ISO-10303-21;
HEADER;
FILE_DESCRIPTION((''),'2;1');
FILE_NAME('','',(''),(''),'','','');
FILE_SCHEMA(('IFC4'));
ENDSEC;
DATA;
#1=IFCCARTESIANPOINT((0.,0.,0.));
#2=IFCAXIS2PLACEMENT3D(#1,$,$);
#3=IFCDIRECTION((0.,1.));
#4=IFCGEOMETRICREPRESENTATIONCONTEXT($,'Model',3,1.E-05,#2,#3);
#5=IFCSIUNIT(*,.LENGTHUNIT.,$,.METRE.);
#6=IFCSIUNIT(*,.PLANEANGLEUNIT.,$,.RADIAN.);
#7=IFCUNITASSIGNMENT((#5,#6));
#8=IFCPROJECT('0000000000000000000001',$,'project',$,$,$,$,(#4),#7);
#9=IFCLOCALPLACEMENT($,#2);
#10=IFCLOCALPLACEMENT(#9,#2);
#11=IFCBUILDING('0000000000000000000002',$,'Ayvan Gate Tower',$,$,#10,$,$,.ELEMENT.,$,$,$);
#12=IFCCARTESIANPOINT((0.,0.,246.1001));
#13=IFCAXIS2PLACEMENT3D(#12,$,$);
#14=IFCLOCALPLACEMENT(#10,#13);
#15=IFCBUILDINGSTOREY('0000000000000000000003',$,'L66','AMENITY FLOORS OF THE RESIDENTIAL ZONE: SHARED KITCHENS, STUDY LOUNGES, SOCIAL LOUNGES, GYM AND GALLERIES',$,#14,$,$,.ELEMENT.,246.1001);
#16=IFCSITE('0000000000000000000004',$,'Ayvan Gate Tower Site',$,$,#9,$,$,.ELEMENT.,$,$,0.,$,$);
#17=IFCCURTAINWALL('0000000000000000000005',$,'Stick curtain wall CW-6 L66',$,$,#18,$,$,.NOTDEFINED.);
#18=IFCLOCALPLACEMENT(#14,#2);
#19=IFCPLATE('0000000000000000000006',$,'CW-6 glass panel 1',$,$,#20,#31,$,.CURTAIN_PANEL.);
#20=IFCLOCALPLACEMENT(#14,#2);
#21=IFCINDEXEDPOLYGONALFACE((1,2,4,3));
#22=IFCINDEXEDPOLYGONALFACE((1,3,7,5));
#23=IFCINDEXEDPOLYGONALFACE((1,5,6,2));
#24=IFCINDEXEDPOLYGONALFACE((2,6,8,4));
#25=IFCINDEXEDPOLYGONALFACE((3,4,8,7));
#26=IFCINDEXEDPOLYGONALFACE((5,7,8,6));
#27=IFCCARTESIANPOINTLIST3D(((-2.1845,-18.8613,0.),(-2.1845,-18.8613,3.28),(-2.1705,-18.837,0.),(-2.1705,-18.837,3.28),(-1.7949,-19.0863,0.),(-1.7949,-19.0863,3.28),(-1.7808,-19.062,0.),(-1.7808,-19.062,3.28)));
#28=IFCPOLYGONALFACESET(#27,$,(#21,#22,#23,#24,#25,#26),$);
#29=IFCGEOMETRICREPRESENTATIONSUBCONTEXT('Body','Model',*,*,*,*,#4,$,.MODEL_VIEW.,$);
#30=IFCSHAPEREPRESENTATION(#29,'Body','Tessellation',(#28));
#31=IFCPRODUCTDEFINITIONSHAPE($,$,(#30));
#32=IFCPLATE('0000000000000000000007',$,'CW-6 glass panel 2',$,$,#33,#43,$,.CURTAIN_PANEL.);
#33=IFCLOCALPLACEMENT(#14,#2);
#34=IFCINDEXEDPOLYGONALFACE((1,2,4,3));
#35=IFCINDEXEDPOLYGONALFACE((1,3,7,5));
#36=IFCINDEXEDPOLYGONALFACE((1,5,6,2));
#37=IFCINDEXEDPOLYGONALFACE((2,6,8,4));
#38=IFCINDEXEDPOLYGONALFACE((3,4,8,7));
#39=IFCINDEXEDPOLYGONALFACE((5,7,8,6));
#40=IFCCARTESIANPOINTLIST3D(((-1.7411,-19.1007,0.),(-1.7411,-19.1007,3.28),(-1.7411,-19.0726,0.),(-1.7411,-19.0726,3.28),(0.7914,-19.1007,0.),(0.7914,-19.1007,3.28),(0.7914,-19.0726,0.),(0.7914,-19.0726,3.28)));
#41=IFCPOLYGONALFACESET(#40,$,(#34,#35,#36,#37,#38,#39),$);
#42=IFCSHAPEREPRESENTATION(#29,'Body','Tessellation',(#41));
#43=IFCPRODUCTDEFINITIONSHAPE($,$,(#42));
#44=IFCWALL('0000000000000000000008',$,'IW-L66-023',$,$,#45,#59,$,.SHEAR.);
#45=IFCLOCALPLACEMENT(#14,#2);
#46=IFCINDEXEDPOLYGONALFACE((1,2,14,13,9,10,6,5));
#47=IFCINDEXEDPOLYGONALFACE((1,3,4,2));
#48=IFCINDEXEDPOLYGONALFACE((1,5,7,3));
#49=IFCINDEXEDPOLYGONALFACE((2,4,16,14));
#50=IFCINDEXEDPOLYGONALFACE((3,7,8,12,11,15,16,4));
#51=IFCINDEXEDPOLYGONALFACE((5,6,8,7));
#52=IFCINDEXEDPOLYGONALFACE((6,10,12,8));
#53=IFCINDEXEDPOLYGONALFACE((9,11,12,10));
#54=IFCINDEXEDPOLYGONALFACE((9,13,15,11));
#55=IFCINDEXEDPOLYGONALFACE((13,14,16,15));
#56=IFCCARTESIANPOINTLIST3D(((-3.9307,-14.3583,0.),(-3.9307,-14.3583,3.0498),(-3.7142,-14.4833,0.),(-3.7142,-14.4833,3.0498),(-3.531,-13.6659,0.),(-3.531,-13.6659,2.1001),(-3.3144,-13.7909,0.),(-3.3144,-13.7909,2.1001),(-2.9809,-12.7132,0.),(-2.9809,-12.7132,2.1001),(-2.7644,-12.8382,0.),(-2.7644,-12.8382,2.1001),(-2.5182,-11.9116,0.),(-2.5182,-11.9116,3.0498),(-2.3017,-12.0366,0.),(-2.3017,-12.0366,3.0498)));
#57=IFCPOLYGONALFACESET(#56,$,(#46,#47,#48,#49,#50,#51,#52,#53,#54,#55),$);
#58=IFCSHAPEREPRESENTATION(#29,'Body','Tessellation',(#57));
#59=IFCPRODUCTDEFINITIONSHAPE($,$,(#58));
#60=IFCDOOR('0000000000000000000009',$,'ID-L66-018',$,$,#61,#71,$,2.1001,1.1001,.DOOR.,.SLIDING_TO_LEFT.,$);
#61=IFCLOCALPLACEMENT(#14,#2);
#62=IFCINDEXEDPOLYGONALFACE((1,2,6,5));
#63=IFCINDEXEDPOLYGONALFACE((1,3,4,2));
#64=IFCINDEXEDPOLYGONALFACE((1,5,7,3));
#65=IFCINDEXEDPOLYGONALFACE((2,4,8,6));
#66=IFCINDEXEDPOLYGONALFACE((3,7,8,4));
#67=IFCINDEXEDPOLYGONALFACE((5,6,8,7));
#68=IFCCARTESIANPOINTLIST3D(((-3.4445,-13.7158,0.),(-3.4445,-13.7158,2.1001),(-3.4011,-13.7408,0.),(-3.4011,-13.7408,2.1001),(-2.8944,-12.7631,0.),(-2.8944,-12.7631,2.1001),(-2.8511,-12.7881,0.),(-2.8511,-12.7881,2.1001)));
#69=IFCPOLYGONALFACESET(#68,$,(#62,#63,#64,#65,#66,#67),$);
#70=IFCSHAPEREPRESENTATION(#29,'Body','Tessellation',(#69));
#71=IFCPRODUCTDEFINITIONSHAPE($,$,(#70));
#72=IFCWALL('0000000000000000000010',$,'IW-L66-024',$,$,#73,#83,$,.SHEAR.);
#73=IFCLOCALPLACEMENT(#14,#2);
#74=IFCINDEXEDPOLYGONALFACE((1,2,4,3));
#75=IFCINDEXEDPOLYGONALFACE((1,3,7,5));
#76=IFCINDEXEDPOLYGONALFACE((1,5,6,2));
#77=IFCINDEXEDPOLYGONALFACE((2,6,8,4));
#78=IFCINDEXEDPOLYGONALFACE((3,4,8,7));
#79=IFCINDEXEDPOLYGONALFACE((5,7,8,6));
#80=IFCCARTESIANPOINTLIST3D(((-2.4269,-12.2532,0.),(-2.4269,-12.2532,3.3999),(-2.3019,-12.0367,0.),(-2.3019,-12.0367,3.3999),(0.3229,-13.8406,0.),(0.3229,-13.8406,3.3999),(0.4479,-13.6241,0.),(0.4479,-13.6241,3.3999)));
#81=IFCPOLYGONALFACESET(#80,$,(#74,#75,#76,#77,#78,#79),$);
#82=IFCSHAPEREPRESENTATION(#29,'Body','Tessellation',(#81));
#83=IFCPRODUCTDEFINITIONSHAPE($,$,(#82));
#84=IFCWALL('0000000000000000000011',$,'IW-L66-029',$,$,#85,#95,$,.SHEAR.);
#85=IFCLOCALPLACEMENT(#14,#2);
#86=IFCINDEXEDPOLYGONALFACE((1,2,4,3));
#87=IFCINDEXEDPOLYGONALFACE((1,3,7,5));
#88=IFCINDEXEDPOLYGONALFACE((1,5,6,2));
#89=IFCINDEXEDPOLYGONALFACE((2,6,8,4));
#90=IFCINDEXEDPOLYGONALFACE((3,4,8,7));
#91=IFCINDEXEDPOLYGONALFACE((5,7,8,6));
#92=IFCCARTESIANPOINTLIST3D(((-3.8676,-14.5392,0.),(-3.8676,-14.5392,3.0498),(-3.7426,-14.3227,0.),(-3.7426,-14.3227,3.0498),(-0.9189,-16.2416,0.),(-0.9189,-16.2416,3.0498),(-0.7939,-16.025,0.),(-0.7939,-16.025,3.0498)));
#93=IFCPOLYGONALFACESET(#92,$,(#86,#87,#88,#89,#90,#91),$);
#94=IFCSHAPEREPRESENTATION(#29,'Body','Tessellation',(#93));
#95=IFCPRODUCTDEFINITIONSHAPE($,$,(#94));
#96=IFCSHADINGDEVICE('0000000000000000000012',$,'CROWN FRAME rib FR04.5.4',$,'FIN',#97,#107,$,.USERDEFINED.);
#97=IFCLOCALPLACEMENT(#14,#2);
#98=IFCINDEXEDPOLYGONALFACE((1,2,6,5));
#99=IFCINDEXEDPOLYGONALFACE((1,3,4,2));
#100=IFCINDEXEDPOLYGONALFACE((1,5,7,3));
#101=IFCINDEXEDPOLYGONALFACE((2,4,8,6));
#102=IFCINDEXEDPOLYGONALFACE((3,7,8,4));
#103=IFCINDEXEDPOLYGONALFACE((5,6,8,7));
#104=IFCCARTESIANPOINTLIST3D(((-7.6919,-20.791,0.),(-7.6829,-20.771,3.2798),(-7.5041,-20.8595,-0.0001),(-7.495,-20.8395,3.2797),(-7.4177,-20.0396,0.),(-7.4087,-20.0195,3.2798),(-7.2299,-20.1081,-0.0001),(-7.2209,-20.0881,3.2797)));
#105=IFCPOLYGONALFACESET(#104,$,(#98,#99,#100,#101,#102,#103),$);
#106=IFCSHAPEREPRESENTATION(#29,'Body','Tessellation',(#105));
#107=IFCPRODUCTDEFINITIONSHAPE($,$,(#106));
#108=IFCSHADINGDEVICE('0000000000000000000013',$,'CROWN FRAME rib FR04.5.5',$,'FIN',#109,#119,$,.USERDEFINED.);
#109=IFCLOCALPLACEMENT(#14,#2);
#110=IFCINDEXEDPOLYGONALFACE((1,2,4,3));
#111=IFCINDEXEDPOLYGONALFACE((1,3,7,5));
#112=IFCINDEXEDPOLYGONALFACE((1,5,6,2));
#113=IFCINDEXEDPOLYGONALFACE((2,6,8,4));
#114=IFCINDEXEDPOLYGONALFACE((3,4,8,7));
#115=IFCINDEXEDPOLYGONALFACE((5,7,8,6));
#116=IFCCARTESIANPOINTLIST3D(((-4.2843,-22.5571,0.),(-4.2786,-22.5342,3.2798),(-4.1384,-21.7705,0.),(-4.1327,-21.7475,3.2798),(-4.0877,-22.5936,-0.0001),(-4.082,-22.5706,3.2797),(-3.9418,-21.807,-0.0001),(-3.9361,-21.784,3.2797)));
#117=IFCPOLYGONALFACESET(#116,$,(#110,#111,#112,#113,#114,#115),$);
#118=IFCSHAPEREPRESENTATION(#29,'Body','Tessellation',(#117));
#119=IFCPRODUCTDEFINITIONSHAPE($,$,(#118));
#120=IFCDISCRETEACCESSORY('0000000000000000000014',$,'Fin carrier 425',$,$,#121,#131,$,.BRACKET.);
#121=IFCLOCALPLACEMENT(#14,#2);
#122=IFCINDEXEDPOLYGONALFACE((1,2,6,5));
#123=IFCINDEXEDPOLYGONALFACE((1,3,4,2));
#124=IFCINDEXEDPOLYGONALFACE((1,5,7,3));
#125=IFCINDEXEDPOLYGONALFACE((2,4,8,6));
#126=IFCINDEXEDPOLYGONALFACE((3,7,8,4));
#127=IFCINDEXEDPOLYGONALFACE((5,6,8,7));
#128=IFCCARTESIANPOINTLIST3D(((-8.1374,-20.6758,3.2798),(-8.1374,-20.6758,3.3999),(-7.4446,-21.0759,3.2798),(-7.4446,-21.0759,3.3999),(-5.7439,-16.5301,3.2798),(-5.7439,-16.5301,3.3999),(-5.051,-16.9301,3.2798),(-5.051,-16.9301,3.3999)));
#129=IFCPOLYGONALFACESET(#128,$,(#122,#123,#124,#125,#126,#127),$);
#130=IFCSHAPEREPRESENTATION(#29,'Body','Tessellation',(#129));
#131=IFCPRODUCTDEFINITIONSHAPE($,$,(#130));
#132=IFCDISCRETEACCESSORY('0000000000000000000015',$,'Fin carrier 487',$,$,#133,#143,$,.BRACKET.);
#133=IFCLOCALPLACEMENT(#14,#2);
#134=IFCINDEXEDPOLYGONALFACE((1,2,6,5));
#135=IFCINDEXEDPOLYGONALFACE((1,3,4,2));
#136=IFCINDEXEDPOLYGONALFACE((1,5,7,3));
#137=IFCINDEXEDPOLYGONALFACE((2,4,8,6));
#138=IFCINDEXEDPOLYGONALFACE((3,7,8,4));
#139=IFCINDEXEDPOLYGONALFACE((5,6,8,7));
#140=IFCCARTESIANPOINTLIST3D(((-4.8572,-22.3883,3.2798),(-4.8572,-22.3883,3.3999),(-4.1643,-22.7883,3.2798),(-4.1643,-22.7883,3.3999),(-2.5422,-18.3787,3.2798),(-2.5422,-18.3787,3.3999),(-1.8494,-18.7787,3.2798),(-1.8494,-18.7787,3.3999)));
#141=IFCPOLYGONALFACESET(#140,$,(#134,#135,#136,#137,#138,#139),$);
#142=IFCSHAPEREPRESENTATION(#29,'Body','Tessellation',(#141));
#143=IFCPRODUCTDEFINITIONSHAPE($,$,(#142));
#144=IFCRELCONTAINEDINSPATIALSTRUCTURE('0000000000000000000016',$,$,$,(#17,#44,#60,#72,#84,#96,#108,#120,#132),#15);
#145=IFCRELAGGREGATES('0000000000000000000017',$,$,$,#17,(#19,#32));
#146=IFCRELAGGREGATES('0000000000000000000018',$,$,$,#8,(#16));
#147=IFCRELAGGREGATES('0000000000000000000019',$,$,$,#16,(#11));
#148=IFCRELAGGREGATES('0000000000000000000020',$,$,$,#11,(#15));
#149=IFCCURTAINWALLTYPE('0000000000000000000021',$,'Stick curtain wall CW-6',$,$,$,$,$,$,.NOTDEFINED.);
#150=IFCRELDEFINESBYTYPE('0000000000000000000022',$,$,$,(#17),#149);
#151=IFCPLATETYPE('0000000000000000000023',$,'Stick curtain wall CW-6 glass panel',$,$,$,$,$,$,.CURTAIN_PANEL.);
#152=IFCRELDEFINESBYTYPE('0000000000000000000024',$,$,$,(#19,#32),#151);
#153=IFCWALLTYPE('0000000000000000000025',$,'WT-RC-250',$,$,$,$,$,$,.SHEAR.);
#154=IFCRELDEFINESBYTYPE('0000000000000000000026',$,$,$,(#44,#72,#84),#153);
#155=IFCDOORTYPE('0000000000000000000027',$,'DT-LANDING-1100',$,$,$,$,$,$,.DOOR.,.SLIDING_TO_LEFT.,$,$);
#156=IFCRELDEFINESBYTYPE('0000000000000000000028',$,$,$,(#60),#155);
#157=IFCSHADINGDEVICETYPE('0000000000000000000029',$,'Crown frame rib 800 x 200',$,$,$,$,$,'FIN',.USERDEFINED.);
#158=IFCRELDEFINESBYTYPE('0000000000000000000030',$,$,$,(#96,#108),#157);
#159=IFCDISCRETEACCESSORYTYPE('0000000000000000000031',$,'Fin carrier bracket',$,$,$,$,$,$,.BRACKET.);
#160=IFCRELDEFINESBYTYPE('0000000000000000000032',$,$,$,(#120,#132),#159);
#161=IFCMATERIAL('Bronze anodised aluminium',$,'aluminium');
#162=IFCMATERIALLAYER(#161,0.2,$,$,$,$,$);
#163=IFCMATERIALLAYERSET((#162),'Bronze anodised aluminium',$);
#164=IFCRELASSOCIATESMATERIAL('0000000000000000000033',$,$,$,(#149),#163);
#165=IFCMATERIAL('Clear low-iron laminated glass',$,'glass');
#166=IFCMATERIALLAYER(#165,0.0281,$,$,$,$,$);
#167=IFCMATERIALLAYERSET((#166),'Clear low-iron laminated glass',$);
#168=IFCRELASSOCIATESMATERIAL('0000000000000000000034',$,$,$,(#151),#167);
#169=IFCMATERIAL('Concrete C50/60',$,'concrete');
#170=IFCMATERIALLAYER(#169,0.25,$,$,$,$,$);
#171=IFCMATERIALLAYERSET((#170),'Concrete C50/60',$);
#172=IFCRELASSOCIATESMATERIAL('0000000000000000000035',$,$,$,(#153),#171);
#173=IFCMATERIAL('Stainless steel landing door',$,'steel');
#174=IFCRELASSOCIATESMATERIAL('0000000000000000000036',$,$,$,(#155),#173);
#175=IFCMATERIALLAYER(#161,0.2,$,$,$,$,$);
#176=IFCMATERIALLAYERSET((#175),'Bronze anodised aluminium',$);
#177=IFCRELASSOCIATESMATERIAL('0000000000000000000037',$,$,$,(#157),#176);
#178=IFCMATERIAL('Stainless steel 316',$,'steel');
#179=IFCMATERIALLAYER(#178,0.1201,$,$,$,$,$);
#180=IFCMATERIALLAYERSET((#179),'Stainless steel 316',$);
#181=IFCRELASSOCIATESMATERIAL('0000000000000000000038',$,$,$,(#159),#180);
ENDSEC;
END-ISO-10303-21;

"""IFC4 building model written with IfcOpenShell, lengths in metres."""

from ifc_helpers import new_model, si_unit, direction, frame, frame_2d, origin, origin_2d, place, context, subcontext, project, spatial, polyline, rectangle, outline, extrude, material, layer, layer_set, type_object, element, fill, aggregate, save


model = new_model("IFC4")

# Units and contexts
model_context = context("Model", 3, precision=1e-05, world=origin(), true_north=direction((0.0, 1.0)))
body_context = subcontext(model_context, "Body", "Model", "MODEL_VIEW")
ifc_project = project(units=[si_unit("LENGTHUNIT", "METRE"), si_unit("PLANEANGLEUNIT", "RADIAN")], contexts=[model_context])

# Site, building, storey
site_placement = place(None, origin())
site = spatial("IfcSite", under=ifc_project, at=site_placement, Name="Ayvan Gate Tower Site", CompositionType="ELEMENT", RefElevation=0.0)
building_placement = place(site_placement, origin())
building = spatial("IfcBuilding", under=site, at=building_placement, Name="Ayvan Gate Tower", CompositionType="ELEMENT")
storey_placement = place(building_placement, frame((0.0, 0.0, 246.1001)))
storey = spatial("IfcBuildingStorey", under=building, at=storey_placement, Name="L66", Description="AMENITY FLOORS OF THE RESIDENTIAL ZONE: SHARED KITCHENS, STUDY LOUNGES, SOCIAL LOUNGES, GYM AND GALLERIES", CompositionType="ELEMENT", Elevation=246.1001)

# Shared definitions
ifc_material_1 = material(Name="Concrete C50/60", Category="concrete")

# Curtain wall
ifc_material_2 = material(Name="Bronze anodised aluminium", Category="aluminium")
ifc_layer_1 = layer(ifc_material_2, 0.2)
ifc_layer_set_1 = layer_set([ifc_layer_1], Name="Bronze anodised aluminium")
curtain_wall_type_1 = type_object("IfcCurtainWallType", Name="Stick curtain wall CW-6", PredefinedType="NOTDEFINED", material=ifc_layer_set_1)
curtain_wall_1_placement = place(storey_placement, origin())
curtain_wall_1 = element("IfcCurtainWall", 1, at=curtain_wall_1_placement, inside=storey, type_object=curtain_wall_type_1, Name="Stick curtain wall CW-6 L66", PredefinedType="NOTDEFINED")

# Plates
ifc_material_3 = material(Name="Clear low-iron laminated glass", Category="glass")
ifc_layer_2 = layer(ifc_material_3, 0.0281)
ifc_layer_set_2 = layer_set([ifc_layer_2], Name="Clear low-iron laminated glass")
plate_type_1 = type_object("IfcPlateType", Name="Stick curtain wall CW-6 glass panel", PredefinedType="CURTAIN_PANEL", material=ifc_layer_set_2)
plate_1_placement = place(storey_placement, frame((-1.9827, -18.9617, 0.0), z_axis=(0.0, 0.0, 1.0), x_axis=(0.866025, -0.5, 0.0)))
plate_1 = element("IfcPlate", 2, at=plate_1_placement, type_object=plate_type_1, Name="CW-6 glass panel 1", PredefinedType="CURTAIN_PANEL", context=body_context, shape_type="SweptSolid", body=[
    extrude(rectangle(XDim=0.45, YDim=0.0281, at=origin_2d()), origin(), (0.0, 0.0, 1.0), 3.28),
])
plate_2_placement = place(storey_placement, frame((-0.4749, -19.0867, 0.0), z_axis=(0.0, 0.0, 1.0), x_axis=(1.0, 0.0, 0.0)))
plate_2 = element("IfcPlate", 3, at=plate_2_placement, type_object=plate_type_1, Name="CW-6 glass panel 2", PredefinedType="CURTAIN_PANEL", context=body_context, shape_type="SweptSolid", body=[
    extrude(rectangle(XDim=2.5325, YDim=0.0281, at=origin_2d()), origin(), (0.0, 0.0, 1.0), 3.28),
])
aggregate(curtain_wall_1, [plate_1, plate_2])

# Wall, opening, door
ifc_layer_3 = layer(ifc_material_1, 0.25)
ifc_layer_set_3 = layer_set([ifc_layer_3], Name="Concrete C50/60")
wall_type = type_object("IfcWallType", Name="WT-RC-250", PredefinedType="SHEAR", material=ifc_layer_set_3)
wall_1_placement = place(storey_placement, frame((-2.4099, -11.9741, 0.0), z_axis=(0.0, 0.0, 1.0), x_axis=(-0.499987, -0.866033, 0.0)))
wall_1 = element("IfcWall", 4, at=wall_1_placement, inside=storey, type_object=wall_type, Name="IW-L66-023", PredefinedType="SHEAR", context=body_context, shape_type="SweptSolid", body=[
    extrude(rectangle(XDim=2.8252, YDim=0.25, at=frame_2d((1.4126, 0.0))), origin(), (0.0, 0.0, 1.0), 3.0498),
])
opening_placement = place(wall_1_placement, frame((0.9255, 0.0, 0.0)))
opening = element("IfcOpeningElement", 5, at=opening_placement, cuts=wall_1, PredefinedType="OPENING", context=body_context, shape_type="SweptSolid", body=[
    extrude(rectangle(XDim=1.1001, YDim=2.1001, at=frame_2d((0.55, 1.05))), frame((0.0, 0.135, 0.0), z_axis=(0.0, -1.0, 0.0), x_axis=(1.0, 0.0, 0.0)), (0.0, 0.0, 1.0), 0.27),
])
ifc_material_4 = material(Name="Stainless steel landing door", Category="steel")
door_type = type_object("IfcDoorType", Name="DT-LANDING-1100", OperationType="SLIDING_TO_LEFT", PredefinedType="DOOR", material=ifc_material_4)
door_placement = place(opening_placement, origin())
door = element("IfcDoor", 6, at=door_placement, inside=storey, type_object=door_type, Name="ID-L66-018", OperationType="SLIDING_TO_LEFT", OverallHeight=2.1001, OverallWidth=1.1001, PredefinedType="DOOR", context=body_context, shape_type="SweptSolid", body=[
    extrude(rectangle(XDim=1.1001, YDim=2.1001, at=frame_2d((0.55, 1.05))), frame((0.0, 0.0249, 0.0), z_axis=(0.0, -1.0, 0.0), x_axis=(1.0, 0.0, 0.0)), (0.0, 0.0, 1.0), 0.05),
])
fill(opening, door)

# Walls
wall_2_placement = place(storey_placement, frame((-2.3643, -12.145, 0.0), z_axis=(0.0, 0.0, 1.0), x_axis=(0.866049, -0.49996, 0.0)))
element("IfcWall", 7, at=wall_2_placement, inside=storey, type_object=wall_type, Name="IW-L66-024", PredefinedType="SHEAR", context=body_context, shape_type="SweptSolid", body=[
    extrude(rectangle(XDim=3.175, YDim=0.25, at=frame_2d((1.5874, 0.0))), origin(), (0.0, 0.0, 1.0), 3.3999),
])
wall_3_placement = place(storey_placement, frame((-0.8564, -16.1333, 0.0), z_axis=(0.0, 0.0, 1.0), x_axis=(-0.866033, 0.499987, 0.0)))
element("IfcWall", 8, at=wall_3_placement, inside=storey, type_object=wall_type, Name="IW-L66-029", PredefinedType="SHEAR", context=body_context, shape_type="SweptSolid", body=[
    extrude(rectangle(XDim=3.4048, YDim=0.25, at=frame_2d((1.7024, 0.0))), origin(), (0.0, 0.0, 1.0), 3.0498),
])

# Shading devices
ifc_layer_4 = layer(ifc_material_2, 0.2)
ifc_layer_set_4 = layer_set([ifc_layer_4], Name="Bronze anodised aluminium")
shading_device_type = type_object("IfcShadingDeviceType", Name="Crown frame rib 800 x 200", ElementType="FIN", PredefinedType="USERDEFINED", material=ifc_layer_set_4)
shading_device_1_placement = place(storey_placement, frame((-7.4177, -20.0396, 0.0), z_axis=(-0.939427, 0.342748, 0.000495), x_axis=(-0.342748, -0.939428, 0.0)))
element("IfcShadingDevice", 9, at=shading_device_1_placement, inside=storey, type_object=shading_device_type, Name="CROWN FRAME rib FR04.5.4", ObjectType="FIN", PredefinedType="USERDEFINED", context=body_context, shape_type="SweptSolid", body=[
    extrude(outline(polyline([(0.0, 0.0), (0.7999, 0.0), (0.778, 3.2798), (-0.0219, 3.2798), (0.0, 0.0)])), origin(), (0.0, 0.0, -1.0), 0.2),
])
shading_device_2_placement = place(storey_placement, frame((-4.1384, -21.7705, 0.0), z_axis=(-0.983236, 0.182335, 0.000444), x_axis=(-0.182335, -0.983236, 0.0)))
element("IfcShadingDevice", 10, at=shading_device_2_placement, inside=storey, type_object=shading_device_type, Name="CROWN FRAME rib FR04.5.5", ObjectType="FIN", PredefinedType="USERDEFINED", context=body_context, shape_type="SweptSolid", body=[
    extrude(outline(polyline([(0.0, 0.0), (0.8, 0.0), (0.7764, 3.2798), (-0.0236, 3.2798), (0.0, 0.0)])), origin(), (0.0, 0.0, -1.0), 0.2),
])

# Discrete accessories
ifc_material_5 = material(Name="Stainless steel 316", Category="steel")
ifc_layer_5 = layer(ifc_material_5, 0.1201)
ifc_layer_set_5 = layer_set([ifc_layer_5], Name="Stainless steel 316")
discrete_accessory_type = type_object("IfcDiscreteAccessoryType", Name="Fin carrier bracket", PredefinedType="BRACKET", material=ifc_layer_set_5)
discrete_accessory_1_placement = place(storey_placement, frame((-6.5942, -18.803, 3.2798), z_axis=(0.0, 0.0, 1.0), x_axis=(0.866025, -0.5, 0.0)))
element("IfcDiscreteAccessory", 11, at=discrete_accessory_1_placement, inside=storey, type_object=discrete_accessory_type, Name="Fin carrier 425", PredefinedType="BRACKET", context=body_context, shape_type="SweptSolid", body=[
    extrude(rectangle(XDim=0.8, YDim=4.7871, at=origin_2d()), origin(), (0.0, 0.0, 1.0), 0.1201),
])
discrete_accessory_2_placement = place(storey_placement, frame((-3.3533, -20.5835, 3.2798), z_axis=(0.0, 0.0, 1.0), x_axis=(0.866025, -0.5, 0.0)))
element("IfcDiscreteAccessory", 12, at=discrete_accessory_2_placement, inside=storey, type_object=discrete_accessory_type, Name="Fin carrier 487", PredefinedType="BRACKET", context=body_context, shape_type="SweptSolid", body=[
    extrude(rectangle(XDim=0.8, YDim=4.6299, at=origin_2d()), origin(), (0.0, 0.0, 1.0), 0.1201),
])

save(model, "model.ifc")
